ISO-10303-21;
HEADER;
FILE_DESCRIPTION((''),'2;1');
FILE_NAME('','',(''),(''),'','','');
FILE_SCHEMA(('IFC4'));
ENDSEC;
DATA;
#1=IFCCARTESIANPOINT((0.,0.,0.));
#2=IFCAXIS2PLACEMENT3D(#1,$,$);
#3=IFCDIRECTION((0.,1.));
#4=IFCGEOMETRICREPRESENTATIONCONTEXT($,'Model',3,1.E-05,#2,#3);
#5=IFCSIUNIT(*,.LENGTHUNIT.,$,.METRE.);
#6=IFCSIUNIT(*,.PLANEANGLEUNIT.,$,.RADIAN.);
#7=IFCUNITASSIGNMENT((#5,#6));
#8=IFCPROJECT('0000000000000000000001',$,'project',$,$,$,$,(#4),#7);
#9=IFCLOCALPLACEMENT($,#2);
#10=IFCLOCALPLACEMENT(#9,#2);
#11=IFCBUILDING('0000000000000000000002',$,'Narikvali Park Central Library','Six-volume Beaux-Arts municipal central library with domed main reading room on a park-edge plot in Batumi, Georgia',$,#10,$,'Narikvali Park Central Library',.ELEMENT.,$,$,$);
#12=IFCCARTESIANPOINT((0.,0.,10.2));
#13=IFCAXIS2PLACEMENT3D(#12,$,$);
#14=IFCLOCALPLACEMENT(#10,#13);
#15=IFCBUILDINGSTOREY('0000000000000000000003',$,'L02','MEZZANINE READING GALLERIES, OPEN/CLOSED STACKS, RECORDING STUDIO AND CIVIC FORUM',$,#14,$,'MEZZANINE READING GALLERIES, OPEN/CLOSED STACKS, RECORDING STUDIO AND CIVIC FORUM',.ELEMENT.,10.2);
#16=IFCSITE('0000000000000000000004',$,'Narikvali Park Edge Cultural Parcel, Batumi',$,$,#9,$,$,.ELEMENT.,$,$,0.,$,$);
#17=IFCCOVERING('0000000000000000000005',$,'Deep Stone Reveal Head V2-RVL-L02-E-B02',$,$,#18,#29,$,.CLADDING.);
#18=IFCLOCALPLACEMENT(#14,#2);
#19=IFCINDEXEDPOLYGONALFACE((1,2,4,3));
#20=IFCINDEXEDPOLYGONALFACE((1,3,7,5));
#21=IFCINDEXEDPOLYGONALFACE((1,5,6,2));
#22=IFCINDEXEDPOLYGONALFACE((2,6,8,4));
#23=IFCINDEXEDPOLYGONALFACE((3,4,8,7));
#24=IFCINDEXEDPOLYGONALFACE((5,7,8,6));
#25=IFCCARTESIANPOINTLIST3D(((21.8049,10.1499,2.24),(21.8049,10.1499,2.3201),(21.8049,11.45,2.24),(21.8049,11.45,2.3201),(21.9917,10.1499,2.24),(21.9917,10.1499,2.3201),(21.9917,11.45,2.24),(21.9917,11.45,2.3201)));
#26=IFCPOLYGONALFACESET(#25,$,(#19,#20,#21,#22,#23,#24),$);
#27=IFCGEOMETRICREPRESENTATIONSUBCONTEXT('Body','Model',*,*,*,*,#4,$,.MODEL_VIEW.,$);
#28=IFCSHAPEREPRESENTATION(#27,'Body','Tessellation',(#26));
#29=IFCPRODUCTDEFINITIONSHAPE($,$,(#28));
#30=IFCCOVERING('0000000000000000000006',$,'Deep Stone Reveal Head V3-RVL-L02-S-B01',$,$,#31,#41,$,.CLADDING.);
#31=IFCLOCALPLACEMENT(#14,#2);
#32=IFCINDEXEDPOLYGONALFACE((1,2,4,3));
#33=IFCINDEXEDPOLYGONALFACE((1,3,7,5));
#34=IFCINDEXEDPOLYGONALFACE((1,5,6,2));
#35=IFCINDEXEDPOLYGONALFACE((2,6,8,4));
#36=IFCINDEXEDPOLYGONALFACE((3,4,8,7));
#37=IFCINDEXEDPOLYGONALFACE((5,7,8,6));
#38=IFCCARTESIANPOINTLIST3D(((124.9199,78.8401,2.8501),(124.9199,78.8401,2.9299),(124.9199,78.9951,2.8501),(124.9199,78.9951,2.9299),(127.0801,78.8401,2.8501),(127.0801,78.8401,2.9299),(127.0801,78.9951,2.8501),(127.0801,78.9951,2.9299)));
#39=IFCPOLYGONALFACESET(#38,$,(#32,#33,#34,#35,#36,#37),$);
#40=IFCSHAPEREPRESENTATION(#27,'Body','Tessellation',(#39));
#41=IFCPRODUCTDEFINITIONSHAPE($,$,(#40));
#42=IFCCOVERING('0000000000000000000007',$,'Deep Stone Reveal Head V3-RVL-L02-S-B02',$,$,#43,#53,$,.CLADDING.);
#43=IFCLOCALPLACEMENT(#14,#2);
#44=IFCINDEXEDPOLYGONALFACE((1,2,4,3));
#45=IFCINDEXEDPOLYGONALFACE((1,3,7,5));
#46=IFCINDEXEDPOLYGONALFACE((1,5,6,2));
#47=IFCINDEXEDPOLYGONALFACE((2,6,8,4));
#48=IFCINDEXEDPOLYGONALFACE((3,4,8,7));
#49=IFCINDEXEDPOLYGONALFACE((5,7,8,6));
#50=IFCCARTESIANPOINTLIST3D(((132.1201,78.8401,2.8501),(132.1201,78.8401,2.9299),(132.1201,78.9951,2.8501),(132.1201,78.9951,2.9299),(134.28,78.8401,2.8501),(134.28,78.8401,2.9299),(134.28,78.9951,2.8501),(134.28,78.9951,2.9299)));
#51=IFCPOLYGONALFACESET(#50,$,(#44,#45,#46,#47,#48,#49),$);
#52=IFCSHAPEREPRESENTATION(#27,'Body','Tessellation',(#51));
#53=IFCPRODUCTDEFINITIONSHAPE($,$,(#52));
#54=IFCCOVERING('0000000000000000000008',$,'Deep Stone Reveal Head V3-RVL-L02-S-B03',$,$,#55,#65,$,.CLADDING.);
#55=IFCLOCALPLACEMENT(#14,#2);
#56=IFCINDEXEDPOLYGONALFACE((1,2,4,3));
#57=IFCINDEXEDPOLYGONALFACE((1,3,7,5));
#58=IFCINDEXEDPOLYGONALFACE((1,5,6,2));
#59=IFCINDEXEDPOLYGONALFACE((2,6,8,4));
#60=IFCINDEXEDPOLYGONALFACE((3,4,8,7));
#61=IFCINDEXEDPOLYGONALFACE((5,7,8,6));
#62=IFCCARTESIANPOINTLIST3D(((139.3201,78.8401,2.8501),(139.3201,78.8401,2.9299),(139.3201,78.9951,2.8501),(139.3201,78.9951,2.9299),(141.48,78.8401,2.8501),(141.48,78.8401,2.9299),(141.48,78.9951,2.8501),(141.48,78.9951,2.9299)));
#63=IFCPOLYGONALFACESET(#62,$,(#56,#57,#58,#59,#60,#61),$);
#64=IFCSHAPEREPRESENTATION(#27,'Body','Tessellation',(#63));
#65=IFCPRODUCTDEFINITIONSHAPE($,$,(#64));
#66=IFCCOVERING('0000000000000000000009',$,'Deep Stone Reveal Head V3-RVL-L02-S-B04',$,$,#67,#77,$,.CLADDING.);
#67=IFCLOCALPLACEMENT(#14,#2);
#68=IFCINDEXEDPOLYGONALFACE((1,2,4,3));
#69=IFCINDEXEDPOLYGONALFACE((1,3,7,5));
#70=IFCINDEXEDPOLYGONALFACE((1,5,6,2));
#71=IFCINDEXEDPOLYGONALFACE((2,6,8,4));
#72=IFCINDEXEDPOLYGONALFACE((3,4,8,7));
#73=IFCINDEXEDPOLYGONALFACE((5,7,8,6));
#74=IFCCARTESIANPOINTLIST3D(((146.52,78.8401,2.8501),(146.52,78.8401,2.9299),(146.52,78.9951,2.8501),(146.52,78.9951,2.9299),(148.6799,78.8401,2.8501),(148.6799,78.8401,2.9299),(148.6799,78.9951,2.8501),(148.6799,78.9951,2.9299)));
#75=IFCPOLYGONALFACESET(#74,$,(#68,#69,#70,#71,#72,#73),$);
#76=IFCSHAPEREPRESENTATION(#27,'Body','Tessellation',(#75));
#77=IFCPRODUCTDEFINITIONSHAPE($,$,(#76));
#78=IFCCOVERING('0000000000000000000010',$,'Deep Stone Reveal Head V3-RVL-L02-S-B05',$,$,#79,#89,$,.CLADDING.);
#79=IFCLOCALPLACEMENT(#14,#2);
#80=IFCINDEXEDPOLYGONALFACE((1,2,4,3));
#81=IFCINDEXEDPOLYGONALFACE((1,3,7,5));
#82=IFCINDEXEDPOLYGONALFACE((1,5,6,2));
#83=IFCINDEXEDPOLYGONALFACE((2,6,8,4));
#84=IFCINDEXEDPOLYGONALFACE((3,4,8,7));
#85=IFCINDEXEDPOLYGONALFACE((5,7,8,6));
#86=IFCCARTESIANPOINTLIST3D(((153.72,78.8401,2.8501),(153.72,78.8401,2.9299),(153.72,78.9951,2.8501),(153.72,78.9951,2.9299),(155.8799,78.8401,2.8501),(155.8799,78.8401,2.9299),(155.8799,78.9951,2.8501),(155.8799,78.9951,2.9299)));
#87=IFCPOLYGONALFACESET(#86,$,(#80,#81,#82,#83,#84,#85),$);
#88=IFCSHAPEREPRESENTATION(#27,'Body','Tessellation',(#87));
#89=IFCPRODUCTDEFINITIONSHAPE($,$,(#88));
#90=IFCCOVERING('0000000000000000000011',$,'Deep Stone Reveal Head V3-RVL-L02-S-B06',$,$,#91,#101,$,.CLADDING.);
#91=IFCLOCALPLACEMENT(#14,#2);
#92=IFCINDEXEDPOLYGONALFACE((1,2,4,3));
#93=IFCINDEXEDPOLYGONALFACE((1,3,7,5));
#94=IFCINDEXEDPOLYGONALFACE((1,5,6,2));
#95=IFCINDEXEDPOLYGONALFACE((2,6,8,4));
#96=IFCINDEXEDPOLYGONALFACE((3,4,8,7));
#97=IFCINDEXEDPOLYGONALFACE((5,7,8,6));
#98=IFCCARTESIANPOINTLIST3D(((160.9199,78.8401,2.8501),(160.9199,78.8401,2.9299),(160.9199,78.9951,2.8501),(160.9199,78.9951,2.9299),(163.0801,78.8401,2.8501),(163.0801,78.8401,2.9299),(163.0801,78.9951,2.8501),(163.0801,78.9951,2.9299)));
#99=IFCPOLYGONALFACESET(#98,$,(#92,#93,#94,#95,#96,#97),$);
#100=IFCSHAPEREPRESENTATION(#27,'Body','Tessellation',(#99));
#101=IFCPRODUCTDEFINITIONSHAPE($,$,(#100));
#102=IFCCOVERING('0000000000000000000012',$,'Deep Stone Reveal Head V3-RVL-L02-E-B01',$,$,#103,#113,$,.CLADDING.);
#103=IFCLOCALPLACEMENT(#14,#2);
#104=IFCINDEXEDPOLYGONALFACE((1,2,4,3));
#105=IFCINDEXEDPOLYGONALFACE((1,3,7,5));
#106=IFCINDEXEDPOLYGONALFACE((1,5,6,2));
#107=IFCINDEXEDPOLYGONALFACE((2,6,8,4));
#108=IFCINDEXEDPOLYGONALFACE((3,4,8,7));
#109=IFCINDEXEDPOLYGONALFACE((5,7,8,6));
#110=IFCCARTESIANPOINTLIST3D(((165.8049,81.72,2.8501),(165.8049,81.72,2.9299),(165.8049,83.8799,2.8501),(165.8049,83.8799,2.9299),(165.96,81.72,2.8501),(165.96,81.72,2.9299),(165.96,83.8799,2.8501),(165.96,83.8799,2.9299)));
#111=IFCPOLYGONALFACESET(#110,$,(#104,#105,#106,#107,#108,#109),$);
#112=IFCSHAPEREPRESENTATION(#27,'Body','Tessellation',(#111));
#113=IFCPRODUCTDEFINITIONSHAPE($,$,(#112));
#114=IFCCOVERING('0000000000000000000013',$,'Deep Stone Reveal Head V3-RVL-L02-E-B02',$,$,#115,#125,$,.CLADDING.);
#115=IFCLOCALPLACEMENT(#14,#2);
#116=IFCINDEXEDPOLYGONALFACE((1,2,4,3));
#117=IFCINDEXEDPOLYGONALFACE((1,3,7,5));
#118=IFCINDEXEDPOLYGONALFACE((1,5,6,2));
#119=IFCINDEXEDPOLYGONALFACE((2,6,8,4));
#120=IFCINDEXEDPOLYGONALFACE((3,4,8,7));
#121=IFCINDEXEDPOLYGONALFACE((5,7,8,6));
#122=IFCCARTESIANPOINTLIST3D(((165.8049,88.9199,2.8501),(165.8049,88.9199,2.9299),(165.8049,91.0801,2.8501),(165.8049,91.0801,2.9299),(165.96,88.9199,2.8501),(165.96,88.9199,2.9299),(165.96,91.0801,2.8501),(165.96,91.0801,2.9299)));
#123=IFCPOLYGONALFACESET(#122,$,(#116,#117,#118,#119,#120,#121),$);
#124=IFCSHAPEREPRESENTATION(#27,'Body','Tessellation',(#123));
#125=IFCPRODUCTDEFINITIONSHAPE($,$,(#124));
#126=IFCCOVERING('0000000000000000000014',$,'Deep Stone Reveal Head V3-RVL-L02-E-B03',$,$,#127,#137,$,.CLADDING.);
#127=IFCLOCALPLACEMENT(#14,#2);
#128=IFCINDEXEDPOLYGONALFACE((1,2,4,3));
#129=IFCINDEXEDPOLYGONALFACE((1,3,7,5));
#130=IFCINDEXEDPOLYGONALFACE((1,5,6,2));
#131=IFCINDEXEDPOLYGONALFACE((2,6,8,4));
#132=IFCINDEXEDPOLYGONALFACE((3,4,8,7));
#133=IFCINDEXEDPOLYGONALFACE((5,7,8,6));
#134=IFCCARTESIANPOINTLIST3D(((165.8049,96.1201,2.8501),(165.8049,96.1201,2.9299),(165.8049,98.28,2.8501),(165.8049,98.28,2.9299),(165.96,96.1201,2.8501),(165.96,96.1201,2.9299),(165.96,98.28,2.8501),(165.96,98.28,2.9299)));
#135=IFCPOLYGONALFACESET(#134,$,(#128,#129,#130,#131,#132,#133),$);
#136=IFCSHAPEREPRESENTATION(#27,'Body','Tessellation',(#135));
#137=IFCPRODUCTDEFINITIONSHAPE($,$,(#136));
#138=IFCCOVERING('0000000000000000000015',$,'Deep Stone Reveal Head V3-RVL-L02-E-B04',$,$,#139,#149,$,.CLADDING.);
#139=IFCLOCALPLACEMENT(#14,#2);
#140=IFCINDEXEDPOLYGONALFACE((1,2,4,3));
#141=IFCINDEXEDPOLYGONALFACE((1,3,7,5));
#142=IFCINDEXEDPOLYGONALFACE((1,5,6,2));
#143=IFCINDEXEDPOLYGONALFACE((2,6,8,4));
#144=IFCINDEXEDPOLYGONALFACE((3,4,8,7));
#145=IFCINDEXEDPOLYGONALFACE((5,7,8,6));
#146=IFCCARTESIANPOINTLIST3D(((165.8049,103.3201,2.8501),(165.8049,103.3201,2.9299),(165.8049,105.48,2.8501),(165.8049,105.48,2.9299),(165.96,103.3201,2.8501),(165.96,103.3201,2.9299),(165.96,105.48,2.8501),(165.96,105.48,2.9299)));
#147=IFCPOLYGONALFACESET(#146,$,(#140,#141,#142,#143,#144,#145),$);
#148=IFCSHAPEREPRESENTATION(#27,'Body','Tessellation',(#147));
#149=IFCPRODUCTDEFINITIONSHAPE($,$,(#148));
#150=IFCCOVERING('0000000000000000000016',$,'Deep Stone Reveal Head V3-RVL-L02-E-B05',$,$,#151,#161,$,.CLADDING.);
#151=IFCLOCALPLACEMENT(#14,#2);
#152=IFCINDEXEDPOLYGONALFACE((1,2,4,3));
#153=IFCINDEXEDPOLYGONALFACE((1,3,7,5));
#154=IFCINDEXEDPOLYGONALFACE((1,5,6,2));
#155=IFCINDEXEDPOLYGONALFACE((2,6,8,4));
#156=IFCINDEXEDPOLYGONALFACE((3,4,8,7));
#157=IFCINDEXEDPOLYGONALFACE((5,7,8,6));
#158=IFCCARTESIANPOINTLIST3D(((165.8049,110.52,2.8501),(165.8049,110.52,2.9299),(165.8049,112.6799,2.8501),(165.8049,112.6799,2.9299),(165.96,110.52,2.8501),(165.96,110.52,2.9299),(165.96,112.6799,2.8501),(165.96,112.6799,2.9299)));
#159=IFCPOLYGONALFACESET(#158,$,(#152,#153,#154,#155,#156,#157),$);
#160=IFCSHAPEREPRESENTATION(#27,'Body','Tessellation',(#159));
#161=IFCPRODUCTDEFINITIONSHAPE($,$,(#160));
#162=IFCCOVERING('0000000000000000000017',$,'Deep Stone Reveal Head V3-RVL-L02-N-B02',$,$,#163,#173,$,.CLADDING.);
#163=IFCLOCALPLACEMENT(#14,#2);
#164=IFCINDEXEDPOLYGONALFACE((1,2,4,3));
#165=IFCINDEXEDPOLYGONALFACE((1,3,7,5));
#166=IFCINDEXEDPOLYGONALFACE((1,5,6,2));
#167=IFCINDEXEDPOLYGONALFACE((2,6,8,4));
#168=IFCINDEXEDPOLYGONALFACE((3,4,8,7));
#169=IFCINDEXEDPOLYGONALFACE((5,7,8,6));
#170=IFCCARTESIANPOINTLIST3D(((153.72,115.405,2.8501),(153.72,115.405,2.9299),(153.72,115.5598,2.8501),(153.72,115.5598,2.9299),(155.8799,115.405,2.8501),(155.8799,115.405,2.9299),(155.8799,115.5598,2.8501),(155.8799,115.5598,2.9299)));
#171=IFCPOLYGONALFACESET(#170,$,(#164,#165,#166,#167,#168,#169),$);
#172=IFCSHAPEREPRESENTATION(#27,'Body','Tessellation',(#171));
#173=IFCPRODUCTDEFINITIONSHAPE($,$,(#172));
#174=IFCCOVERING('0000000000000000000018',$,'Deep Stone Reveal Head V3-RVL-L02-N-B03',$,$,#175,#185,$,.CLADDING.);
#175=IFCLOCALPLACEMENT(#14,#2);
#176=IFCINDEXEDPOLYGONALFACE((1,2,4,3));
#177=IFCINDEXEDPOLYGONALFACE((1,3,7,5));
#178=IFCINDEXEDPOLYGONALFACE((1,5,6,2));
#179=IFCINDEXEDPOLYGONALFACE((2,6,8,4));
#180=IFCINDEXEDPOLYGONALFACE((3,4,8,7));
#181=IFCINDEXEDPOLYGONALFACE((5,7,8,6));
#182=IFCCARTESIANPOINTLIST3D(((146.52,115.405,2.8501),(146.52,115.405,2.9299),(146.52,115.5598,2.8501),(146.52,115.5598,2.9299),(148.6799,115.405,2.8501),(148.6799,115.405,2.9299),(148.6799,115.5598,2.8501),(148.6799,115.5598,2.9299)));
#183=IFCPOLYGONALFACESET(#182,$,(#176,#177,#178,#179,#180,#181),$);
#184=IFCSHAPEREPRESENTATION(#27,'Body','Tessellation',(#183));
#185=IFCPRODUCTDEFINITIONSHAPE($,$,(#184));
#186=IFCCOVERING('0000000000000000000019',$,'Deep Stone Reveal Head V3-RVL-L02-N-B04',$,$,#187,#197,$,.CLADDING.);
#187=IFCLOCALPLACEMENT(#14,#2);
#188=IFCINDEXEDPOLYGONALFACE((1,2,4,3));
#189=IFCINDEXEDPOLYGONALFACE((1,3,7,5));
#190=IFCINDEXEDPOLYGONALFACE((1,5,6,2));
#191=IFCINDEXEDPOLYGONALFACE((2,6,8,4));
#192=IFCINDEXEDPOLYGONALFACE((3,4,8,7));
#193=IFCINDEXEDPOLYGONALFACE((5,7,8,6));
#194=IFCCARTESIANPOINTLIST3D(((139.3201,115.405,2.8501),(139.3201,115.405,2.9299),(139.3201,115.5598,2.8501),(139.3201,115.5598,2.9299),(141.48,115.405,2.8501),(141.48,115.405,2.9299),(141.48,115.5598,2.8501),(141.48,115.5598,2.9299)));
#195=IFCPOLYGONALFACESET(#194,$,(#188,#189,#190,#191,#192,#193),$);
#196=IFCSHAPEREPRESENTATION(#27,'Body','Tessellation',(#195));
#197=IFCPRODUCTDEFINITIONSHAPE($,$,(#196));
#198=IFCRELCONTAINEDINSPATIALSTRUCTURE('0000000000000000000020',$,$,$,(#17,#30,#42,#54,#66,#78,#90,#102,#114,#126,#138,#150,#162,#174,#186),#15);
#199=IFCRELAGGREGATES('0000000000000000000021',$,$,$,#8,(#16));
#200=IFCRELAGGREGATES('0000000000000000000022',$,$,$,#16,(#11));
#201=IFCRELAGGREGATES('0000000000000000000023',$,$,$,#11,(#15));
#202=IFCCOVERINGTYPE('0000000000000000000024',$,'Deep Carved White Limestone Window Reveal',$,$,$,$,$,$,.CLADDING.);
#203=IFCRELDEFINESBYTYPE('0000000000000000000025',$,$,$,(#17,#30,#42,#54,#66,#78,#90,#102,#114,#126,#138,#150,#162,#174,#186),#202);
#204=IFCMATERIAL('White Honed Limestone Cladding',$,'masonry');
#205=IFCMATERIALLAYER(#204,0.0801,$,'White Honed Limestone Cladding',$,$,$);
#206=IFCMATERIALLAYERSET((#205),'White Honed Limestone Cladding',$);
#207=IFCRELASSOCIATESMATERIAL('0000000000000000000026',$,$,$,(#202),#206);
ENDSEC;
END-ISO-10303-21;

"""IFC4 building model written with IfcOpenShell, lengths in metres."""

from ifc_helpers import new_model, si_unit, direction, frame, origin, place, context, subcontext, project, spatial, polyline, outline, extrude, material, layer, layer_set, type_object, element, save


model = new_model("IFC4")

# Units and contexts
model_context = context("Model", 3, precision=1e-05, world=origin(), true_north=direction((0.0, 1.0)))
body_context = subcontext(model_context, "Body", "Model", "MODEL_VIEW")
ifc_project = project(units=[si_unit("LENGTHUNIT", "METRE"), si_unit("PLANEANGLEUNIT", "RADIAN")], contexts=[model_context])

# Site, building, storey
site_placement = place(None, origin())
site = spatial("IfcSite", under=ifc_project, at=site_placement, Name="Narikvali Park Edge Cultural Parcel, Batumi", CompositionType="ELEMENT", RefElevation=0.0)
building_placement = place(site_placement, origin())
building = spatial("IfcBuilding", under=site, at=building_placement, Name="Narikvali Park Central Library", Description="Six-volume Beaux-Arts municipal central library with domed main reading room on a park-edge plot in Batumi, Georgia", LongName="Narikvali Park Central Library", CompositionType="ELEMENT")
storey_placement = place(building_placement, frame((0.0, 0.0, 10.2)))
storey = spatial("IfcBuildingStorey", under=building, at=storey_placement, Name="L02", Description="MEZZANINE READING GALLERIES, OPEN/CLOSED STACKS, RECORDING STUDIO AND CIVIC FORUM", LongName="MEZZANINE READING GALLERIES, OPEN/CLOSED STACKS, RECORDING STUDIO AND CIVIC FORUM", CompositionType="ELEMENT", Elevation=10.2)

# Coverings
ifc_material = material(Name="White Honed Limestone Cladding", Category="masonry")
ifc_layer = layer(ifc_material, 0.0801, Name="White Honed Limestone Cladding")
ifc_layer_set = layer_set([ifc_layer], Name="White Honed Limestone Cladding")
covering_type = type_object("IfcCoveringType", Name="Deep Carved White Limestone Window Reveal", PredefinedType="CLADDING", material=ifc_layer_set)
covering_1_placement = place(storey_placement, frame((0.0, 0.0, 2.24)))
element("IfcCovering", 1, at=covering_1_placement, inside=storey, type_object=covering_type, Name="Deep Stone Reveal Head V2-RVL-L02-E-B02", PredefinedType="CLADDING", context=body_context, shape_type="SweptSolid", body=[
    extrude(outline(polyline([(21.8049, 10.1499), (21.8049, 11.45), (21.9917, 11.45), (21.9917, 10.1499), (21.8049, 10.1499)])), origin(), (0.0, 0.0, 1.0), 0.0801),
])
covering_2_placement = place(storey_placement, frame((0.0, 0.0, 2.8501)))
element("IfcCovering", 2, at=covering_2_placement, inside=storey, type_object=covering_type, Name="Deep Stone Reveal Head V3-RVL-L02-S-B01", PredefinedType="CLADDING", context=body_context, shape_type="SweptSolid", body=[
    extrude(outline(polyline([(124.9199, 78.9951), (127.0801, 78.9951), (127.0801, 78.8401), (124.9199, 78.8401), (124.9199, 78.9951)])), origin(), (0.0, 0.0, 1.0), 0.0798),
])
covering_3_placement = place(storey_placement, frame((0.0, 0.0, 2.8501)))
element("IfcCovering", 3, at=covering_3_placement, inside=storey, type_object=covering_type, Name="Deep Stone Reveal Head V3-RVL-L02-S-B02", PredefinedType="CLADDING", context=body_context, shape_type="SweptSolid", body=[
    extrude(outline(polyline([(132.1201, 78.9951), (134.28, 78.9951), (134.28, 78.8401), (132.1201, 78.8401), (132.1201, 78.9951)])), origin(), (0.0, 0.0, 1.0), 0.0798),
])
covering_4_placement = place(storey_placement, frame((0.0, 0.0, 2.8501)))
element("IfcCovering", 4, at=covering_4_placement, inside=storey, type_object=covering_type, Name="Deep Stone Reveal Head V3-RVL-L02-S-B03", PredefinedType="CLADDING", context=body_context, shape_type="SweptSolid", body=[
    extrude(outline(polyline([(139.3201, 78.9951), (141.48, 78.9951), (141.48, 78.8401), (139.3201, 78.8401), (139.3201, 78.9951)])), origin(), (0.0, 0.0, 1.0), 0.0798),
])
covering_5_placement = place(storey_placement, frame((0.0, 0.0, 2.8501)))
element("IfcCovering", 5, at=covering_5_placement, inside=storey, type_object=covering_type, Name="Deep Stone Reveal Head V3-RVL-L02-S-B04", PredefinedType="CLADDING", context=body_context, shape_type="SweptSolid", body=[
    extrude(outline(polyline([(146.52, 78.9951), (148.6799, 78.9951), (148.6799, 78.8401), (146.52, 78.8401), (146.52, 78.9951)])), origin(), (0.0, 0.0, 1.0), 0.0798),
])
covering_6_placement = place(storey_placement, frame((0.0, 0.0, 2.8501)))
element("IfcCovering", 6, at=covering_6_placement, inside=storey, type_object=covering_type, Name="Deep Stone Reveal Head V3-RVL-L02-S-B05", PredefinedType="CLADDING", context=body_context, shape_type="SweptSolid", body=[
    extrude(outline(polyline([(153.72, 78.9951), (155.8799, 78.9951), (155.8799, 78.8401), (153.72, 78.8401), (153.72, 78.9951)])), origin(), (0.0, 0.0, 1.0), 0.0798),
])
covering_7_placement = place(storey_placement, frame((0.0, 0.0, 2.8501)))
element("IfcCovering", 7, at=covering_7_placement, inside=storey, type_object=covering_type, Name="Deep Stone Reveal Head V3-RVL-L02-S-B06", PredefinedType="CLADDING", context=body_context, shape_type="SweptSolid", body=[
    extrude(outline(polyline([(160.9199, 78.9951), (163.0801, 78.9951), (163.0801, 78.8401), (160.9199, 78.8401), (160.9199, 78.9951)])), origin(), (0.0, 0.0, 1.0), 0.0798),
])
covering_8_placement = place(storey_placement, frame((0.0, 0.0, 2.8501)))
element("IfcCovering", 8, at=covering_8_placement, inside=storey, type_object=covering_type, Name="Deep Stone Reveal Head V3-RVL-L02-E-B01", PredefinedType="CLADDING", context=body_context, shape_type="SweptSolid", body=[
    extrude(outline(polyline([(165.8049, 81.72), (165.8049, 83.8799), (165.96, 83.8799), (165.96, 81.72), (165.8049, 81.72)])), origin(), (0.0, 0.0, 1.0), 0.0798),
])
covering_9_placement = place(storey_placement, frame((0.0, 0.0, 2.8501)))
element("IfcCovering", 9, at=covering_9_placement, inside=storey, type_object=covering_type, Name="Deep Stone Reveal Head V3-RVL-L02-E-B02", PredefinedType="CLADDING", context=body_context, shape_type="SweptSolid", body=[
    extrude(outline(polyline([(165.8049, 88.9199), (165.8049, 91.0801), (165.96, 91.0801), (165.96, 88.9199), (165.8049, 88.9199)])), origin(), (0.0, 0.0, 1.0), 0.0798),
])
covering_10_placement = place(storey_placement, frame((0.0, 0.0, 2.8501)))
element("IfcCovering", 10, at=covering_10_placement, inside=storey, type_object=covering_type, Name="Deep Stone Reveal Head V3-RVL-L02-E-B03", PredefinedType="CLADDING", context=body_context, shape_type="SweptSolid", body=[
    extrude(outline(polyline([(165.8049, 96.1201), (165.8049, 98.28), (165.96, 98.28), (165.96, 96.1201), (165.8049, 96.1201)])), origin(), (0.0, 0.0, 1.0), 0.0798),
])
covering_11_placement = place(storey_placement, frame((0.0, 0.0, 2.8501)))
element("IfcCovering", 11, at=covering_11_placement, inside=storey, type_object=covering_type, Name="Deep Stone Reveal Head V3-RVL-L02-E-B04", PredefinedType="CLADDING", context=body_context, shape_type="SweptSolid", body=[
    extrude(outline(polyline([(165.8049, 103.3201), (165.8049, 105.48), (165.96, 105.48), (165.96, 103.3201), (165.8049, 103.3201)])), origin(), (0.0, 0.0, 1.0), 0.0798),
])
covering_12_placement = place(storey_placement, frame((0.0, 0.0, 2.8501)))
element("IfcCovering", 12, at=covering_12_placement, inside=storey, type_object=covering_type, Name="Deep Stone Reveal Head V3-RVL-L02-E-B05", PredefinedType="CLADDING", context=body_context, shape_type="SweptSolid", body=[
    extrude(outline(polyline([(165.8049, 110.52), (165.8049, 112.6799), (165.96, 112.6799), (165.96, 110.52), (165.8049, 110.52)])), origin(), (0.0, 0.0, 1.0), 0.0798),
])
covering_13_placement = place(storey_placement, frame((0.0, 0.0, 2.8501)))
element("IfcCovering", 13, at=covering_13_placement, inside=storey, type_object=covering_type, Name="Deep Stone Reveal Head V3-RVL-L02-N-B02", PredefinedType="CLADDING", context=body_context, shape_type="SweptSolid", body=[
    extrude(outline(polyline([(155.8799, 115.405), (153.72, 115.405), (153.72, 115.5598), (155.8799, 115.5598), (155.8799, 115.405)])), origin(), (0.0, 0.0, 1.0), 0.0798),
])
covering_14_placement = place(storey_placement, frame((0.0, 0.0, 2.8501)))
element("IfcCovering", 14, at=covering_14_placement, inside=storey, type_object=covering_type, Name="Deep Stone Reveal Head V3-RVL-L02-N-B03", PredefinedType="CLADDING", context=body_context, shape_type="SweptSolid", body=[
    extrude(outline(polyline([(148.6799, 115.405), (146.52, 115.405), (146.52, 115.5598), (148.6799, 115.5598), (148.6799, 115.405)])), origin(), (0.0, 0.0, 1.0), 0.0798),
])
covering_15_placement = place(storey_placement, frame((0.0, 0.0, 2.8501)))
element("IfcCovering", 15, at=covering_15_placement, inside=storey, type_object=covering_type, Name="Deep Stone Reveal Head V3-RVL-L02-N-B04", PredefinedType="CLADDING", context=body_context, shape_type="SweptSolid", body=[
    extrude(outline(polyline([(141.48, 115.405), (139.3201, 115.405), (139.3201, 115.5598), (141.48, 115.5598), (141.48, 115.405)])), origin(), (0.0, 0.0, 1.0), 0.0798),
])

save(model, "model.ifc")
